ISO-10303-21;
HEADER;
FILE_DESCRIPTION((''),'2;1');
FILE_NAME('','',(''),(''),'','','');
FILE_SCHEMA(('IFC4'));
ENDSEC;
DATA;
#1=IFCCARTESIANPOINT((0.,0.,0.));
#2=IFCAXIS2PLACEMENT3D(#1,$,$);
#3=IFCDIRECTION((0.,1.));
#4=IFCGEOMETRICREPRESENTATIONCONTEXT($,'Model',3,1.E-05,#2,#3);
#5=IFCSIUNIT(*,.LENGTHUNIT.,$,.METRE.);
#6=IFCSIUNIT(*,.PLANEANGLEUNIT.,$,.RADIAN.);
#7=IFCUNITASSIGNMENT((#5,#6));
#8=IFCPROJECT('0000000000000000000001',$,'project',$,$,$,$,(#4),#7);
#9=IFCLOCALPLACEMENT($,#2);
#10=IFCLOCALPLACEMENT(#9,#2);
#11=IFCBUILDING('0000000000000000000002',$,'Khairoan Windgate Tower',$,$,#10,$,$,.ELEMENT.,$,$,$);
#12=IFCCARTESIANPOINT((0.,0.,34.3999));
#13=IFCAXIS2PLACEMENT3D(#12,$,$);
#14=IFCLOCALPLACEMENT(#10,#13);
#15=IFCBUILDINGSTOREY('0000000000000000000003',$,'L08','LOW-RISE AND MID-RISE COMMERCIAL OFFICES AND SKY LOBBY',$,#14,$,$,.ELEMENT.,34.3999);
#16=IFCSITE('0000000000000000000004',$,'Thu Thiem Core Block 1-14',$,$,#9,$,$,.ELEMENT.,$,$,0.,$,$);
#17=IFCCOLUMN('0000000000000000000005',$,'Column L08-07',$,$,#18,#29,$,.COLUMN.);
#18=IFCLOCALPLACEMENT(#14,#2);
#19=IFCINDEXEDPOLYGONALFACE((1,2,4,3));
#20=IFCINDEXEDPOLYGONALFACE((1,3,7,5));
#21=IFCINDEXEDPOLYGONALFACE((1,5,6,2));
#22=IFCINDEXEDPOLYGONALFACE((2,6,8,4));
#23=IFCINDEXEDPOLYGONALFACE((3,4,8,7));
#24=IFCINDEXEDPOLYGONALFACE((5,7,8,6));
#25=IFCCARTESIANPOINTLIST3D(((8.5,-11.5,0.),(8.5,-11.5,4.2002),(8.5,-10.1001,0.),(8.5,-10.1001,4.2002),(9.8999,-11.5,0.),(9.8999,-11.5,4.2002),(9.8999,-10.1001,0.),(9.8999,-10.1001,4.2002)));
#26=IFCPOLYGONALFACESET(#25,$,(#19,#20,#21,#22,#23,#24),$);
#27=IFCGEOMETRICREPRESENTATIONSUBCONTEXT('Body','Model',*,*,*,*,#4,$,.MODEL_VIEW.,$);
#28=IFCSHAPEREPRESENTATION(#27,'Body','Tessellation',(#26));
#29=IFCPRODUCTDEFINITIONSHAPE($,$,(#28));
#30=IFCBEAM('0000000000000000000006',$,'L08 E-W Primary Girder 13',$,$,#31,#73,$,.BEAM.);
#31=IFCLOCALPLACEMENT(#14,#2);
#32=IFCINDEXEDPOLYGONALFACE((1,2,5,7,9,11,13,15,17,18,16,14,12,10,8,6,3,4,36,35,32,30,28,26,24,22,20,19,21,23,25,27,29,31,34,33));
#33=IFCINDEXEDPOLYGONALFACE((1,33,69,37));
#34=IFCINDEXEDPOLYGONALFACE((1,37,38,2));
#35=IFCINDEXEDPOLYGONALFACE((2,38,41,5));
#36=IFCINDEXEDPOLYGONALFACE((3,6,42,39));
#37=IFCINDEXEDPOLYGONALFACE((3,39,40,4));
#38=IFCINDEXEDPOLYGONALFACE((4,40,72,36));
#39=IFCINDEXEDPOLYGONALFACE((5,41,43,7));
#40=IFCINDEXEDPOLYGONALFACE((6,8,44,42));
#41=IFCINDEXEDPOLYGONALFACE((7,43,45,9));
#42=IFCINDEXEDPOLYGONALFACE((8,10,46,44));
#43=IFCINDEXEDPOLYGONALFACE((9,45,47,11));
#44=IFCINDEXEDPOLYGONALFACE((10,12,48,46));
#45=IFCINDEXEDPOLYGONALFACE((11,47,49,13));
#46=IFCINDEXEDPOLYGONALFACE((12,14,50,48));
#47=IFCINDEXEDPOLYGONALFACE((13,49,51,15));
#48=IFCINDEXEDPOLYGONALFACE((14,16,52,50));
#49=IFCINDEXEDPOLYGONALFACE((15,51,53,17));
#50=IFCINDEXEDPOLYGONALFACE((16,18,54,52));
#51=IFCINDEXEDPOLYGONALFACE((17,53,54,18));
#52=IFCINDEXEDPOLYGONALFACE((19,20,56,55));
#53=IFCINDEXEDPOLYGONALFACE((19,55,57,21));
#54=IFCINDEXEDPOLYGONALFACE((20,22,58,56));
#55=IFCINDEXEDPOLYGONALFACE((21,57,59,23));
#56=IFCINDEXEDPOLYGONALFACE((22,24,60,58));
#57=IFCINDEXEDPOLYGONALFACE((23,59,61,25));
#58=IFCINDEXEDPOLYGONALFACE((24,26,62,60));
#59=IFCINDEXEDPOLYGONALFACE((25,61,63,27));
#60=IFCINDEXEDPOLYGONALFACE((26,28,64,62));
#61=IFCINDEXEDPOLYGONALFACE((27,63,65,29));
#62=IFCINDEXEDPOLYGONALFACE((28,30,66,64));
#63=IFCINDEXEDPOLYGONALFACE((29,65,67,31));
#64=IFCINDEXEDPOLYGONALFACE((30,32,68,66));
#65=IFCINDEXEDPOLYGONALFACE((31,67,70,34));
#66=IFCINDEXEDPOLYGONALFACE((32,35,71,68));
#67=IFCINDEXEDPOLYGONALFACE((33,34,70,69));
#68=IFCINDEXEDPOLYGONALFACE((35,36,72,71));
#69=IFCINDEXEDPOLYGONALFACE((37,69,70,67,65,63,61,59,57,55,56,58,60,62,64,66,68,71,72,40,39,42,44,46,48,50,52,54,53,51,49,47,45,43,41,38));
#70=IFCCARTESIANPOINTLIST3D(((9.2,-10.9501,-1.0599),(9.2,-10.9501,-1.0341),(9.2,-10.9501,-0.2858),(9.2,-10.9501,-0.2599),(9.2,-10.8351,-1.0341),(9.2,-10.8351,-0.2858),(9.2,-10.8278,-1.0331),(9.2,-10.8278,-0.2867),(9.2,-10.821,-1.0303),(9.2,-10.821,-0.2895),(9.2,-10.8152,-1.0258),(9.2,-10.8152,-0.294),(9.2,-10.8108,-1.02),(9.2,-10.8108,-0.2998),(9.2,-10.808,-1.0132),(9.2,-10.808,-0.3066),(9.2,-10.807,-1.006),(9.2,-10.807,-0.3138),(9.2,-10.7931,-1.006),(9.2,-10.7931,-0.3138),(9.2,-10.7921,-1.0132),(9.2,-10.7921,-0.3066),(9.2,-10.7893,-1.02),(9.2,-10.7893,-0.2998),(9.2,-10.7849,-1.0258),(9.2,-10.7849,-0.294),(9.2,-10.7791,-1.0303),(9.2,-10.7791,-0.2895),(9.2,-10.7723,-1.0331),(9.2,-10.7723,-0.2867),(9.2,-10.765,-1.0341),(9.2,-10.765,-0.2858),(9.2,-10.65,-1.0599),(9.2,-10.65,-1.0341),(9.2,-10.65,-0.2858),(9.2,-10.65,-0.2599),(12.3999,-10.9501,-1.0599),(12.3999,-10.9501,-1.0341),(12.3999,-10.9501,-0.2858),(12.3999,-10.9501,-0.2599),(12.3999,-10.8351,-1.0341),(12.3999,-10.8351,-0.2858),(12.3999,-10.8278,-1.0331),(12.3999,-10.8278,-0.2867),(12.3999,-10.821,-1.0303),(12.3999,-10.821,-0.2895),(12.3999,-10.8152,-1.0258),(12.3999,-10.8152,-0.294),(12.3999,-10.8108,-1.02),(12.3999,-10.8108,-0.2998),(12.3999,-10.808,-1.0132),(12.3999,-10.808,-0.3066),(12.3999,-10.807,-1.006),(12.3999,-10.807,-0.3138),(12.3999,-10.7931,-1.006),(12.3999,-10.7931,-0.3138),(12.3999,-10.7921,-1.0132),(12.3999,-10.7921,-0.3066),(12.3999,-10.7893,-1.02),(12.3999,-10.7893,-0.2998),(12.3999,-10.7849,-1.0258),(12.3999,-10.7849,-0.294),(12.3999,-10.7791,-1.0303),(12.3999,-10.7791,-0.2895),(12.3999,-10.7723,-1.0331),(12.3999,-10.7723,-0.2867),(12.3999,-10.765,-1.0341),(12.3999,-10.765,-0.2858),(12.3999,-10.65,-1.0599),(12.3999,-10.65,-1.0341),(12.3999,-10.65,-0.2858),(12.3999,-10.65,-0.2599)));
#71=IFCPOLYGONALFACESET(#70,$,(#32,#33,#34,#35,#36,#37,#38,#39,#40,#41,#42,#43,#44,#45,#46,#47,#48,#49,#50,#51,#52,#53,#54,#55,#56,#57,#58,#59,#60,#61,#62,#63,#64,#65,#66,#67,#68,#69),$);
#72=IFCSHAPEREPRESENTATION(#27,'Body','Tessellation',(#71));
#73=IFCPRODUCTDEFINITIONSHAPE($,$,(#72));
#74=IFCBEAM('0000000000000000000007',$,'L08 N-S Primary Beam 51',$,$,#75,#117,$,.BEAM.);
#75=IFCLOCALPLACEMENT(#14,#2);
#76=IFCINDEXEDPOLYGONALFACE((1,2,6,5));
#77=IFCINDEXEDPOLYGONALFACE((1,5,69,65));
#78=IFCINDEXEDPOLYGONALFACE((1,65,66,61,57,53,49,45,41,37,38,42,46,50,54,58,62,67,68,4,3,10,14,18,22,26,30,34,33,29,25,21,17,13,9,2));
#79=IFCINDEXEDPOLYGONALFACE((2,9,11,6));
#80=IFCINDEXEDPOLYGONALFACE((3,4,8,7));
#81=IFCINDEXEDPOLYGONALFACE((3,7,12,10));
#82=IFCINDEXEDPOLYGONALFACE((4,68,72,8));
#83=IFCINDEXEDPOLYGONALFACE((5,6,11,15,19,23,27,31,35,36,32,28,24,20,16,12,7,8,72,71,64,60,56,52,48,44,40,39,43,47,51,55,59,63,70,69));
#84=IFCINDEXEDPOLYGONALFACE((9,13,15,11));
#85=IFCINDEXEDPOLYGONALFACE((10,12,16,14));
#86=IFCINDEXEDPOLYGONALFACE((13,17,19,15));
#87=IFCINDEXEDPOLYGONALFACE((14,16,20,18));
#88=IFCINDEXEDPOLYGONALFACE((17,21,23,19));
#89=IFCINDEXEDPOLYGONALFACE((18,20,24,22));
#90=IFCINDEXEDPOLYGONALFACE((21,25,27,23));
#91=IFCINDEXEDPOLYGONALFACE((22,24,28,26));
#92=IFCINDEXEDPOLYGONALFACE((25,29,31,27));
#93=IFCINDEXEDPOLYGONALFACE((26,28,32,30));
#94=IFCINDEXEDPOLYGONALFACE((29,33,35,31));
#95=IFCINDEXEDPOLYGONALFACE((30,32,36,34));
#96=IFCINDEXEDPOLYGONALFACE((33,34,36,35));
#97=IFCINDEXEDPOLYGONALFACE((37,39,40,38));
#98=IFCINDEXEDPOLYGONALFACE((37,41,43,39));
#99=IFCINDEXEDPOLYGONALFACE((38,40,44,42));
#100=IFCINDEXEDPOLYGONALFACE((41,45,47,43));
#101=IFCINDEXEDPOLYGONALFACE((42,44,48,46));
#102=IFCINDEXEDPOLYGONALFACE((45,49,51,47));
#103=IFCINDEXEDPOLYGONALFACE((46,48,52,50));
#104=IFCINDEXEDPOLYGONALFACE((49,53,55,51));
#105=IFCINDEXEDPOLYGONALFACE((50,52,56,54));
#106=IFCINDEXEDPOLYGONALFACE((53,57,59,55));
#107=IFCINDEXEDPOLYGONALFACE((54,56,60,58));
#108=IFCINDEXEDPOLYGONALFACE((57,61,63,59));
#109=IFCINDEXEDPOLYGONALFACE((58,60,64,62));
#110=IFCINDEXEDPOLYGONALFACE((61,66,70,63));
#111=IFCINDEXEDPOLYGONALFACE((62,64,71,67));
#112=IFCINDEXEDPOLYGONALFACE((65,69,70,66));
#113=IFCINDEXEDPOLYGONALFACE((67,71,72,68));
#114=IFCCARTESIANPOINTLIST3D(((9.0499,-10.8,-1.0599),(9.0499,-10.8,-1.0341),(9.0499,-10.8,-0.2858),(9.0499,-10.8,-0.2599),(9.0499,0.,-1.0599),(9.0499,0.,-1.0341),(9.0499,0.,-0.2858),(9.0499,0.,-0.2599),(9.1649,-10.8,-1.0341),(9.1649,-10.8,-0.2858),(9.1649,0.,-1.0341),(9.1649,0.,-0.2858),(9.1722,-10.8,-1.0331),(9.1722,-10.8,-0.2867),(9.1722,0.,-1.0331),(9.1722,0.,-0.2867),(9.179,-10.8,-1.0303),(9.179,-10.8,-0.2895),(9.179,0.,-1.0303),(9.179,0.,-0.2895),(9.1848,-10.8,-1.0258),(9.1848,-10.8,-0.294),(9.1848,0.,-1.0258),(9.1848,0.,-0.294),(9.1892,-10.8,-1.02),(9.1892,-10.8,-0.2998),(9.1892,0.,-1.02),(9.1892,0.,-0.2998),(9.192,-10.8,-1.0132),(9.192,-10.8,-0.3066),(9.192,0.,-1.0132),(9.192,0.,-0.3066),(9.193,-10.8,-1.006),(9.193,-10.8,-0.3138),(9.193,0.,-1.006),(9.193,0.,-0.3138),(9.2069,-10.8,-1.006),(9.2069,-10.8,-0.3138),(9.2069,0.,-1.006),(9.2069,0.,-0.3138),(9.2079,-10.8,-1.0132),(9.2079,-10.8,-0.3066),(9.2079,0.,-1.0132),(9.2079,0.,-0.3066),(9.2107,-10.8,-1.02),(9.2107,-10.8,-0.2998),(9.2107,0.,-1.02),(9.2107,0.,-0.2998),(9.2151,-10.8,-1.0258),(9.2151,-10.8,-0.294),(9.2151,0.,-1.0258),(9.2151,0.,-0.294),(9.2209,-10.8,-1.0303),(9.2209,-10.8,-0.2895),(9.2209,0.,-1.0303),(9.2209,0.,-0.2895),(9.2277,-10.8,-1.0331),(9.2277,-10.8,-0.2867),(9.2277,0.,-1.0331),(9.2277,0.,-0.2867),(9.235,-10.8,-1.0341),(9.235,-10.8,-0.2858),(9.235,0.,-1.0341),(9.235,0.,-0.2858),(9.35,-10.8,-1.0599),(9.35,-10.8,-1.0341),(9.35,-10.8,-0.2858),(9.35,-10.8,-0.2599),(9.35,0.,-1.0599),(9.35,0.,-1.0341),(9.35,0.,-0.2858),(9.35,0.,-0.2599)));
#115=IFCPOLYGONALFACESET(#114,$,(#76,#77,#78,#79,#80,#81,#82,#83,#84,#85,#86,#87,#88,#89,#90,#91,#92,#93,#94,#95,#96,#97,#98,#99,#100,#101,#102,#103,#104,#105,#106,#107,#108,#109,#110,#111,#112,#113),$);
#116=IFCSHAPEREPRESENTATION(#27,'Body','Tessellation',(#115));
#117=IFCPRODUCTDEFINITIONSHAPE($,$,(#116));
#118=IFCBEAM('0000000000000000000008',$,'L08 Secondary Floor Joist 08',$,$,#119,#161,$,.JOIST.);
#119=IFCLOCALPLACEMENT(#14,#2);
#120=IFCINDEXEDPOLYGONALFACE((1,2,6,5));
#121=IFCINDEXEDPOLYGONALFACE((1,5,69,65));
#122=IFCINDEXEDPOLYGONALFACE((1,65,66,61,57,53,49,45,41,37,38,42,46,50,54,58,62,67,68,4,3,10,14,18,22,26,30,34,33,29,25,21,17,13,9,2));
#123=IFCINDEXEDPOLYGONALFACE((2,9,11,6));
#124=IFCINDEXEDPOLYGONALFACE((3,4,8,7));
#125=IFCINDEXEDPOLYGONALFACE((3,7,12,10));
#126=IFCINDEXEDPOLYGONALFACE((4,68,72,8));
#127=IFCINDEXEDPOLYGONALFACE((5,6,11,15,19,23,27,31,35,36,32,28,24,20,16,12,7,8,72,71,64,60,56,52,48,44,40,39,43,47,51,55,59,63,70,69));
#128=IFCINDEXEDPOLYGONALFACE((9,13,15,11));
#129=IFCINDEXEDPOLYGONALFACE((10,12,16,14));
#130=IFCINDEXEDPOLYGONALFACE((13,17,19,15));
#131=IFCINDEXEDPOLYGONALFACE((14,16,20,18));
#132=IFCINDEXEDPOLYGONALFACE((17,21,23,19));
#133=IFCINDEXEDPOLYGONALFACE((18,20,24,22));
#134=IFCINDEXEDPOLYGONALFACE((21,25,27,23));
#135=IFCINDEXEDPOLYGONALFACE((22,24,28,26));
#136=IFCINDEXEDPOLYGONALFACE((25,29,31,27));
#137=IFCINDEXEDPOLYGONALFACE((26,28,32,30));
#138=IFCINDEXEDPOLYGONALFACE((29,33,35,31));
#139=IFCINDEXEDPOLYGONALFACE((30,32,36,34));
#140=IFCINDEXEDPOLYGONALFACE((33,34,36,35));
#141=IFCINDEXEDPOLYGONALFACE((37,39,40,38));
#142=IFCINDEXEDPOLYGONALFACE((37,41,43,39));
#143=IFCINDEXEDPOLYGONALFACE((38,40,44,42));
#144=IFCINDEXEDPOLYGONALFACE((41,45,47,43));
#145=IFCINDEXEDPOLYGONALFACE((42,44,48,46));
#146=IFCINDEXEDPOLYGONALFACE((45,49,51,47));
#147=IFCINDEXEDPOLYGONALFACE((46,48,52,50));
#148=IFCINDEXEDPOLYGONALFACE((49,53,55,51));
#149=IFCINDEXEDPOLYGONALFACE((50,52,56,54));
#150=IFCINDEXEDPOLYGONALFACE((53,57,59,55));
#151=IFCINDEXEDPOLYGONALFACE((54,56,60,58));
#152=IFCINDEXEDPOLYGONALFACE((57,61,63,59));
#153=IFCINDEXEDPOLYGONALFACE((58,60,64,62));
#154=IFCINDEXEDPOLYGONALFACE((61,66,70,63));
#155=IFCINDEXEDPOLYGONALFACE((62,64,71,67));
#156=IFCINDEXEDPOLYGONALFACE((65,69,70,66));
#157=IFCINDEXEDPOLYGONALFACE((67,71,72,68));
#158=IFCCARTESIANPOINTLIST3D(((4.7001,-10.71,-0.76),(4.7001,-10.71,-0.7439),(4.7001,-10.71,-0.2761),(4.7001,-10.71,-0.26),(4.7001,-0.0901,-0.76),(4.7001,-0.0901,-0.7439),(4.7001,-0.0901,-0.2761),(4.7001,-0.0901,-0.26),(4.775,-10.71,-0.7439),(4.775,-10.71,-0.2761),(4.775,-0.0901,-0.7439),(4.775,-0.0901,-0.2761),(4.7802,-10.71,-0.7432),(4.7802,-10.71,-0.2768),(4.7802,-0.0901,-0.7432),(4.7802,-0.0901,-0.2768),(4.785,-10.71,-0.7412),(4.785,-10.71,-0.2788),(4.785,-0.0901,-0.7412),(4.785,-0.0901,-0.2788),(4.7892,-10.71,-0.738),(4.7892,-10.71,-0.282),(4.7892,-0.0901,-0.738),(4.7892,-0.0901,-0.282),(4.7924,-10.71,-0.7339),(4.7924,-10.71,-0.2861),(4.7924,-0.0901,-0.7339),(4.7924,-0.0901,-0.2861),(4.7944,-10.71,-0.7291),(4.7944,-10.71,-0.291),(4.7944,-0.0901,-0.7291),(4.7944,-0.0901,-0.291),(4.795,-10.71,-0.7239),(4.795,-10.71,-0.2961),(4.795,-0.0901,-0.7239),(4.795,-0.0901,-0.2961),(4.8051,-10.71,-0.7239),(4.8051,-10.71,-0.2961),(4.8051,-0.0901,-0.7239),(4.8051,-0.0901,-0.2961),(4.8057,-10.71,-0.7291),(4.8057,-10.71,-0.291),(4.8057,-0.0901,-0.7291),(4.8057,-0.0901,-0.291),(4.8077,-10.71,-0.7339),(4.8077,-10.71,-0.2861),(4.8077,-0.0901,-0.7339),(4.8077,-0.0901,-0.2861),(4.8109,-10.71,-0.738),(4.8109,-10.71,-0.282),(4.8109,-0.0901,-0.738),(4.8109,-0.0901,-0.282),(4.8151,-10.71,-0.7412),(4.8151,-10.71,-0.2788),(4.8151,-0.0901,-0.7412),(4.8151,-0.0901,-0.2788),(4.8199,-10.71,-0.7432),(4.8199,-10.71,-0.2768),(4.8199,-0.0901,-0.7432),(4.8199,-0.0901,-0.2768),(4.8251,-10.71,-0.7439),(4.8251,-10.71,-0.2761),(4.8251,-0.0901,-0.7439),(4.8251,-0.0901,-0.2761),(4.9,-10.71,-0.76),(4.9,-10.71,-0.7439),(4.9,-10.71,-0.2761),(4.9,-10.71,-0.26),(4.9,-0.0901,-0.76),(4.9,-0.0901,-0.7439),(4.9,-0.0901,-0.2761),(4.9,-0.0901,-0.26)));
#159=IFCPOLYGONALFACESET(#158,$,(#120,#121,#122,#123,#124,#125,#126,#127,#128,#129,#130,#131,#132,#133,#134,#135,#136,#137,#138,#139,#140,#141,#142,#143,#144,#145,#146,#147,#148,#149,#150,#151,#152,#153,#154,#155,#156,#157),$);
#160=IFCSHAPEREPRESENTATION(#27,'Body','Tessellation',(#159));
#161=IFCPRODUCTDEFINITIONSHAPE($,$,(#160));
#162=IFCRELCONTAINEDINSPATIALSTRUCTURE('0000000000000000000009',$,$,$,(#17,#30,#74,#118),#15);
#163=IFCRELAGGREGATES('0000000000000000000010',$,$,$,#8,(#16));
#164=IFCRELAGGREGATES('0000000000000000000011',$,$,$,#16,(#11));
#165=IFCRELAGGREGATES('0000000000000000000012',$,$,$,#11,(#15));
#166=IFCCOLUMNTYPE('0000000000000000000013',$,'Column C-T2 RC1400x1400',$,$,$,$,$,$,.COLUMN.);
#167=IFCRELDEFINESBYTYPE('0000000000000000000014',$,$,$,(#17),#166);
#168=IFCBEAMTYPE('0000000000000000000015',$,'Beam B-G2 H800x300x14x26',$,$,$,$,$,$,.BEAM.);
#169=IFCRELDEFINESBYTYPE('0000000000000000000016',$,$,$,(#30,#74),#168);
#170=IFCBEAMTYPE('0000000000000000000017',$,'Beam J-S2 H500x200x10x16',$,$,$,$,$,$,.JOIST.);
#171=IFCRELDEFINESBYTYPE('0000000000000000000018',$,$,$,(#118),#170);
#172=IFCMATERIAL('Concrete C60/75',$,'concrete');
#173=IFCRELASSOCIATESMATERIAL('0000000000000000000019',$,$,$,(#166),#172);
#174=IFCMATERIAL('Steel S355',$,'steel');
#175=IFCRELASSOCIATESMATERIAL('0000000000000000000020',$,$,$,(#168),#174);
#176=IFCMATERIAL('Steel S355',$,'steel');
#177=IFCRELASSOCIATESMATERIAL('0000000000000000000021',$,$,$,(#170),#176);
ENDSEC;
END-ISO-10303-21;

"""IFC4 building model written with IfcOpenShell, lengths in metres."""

from ifc_helpers import new_model, si_unit, direction, frame, origin, origin_2d, place, context, subcontext, project, spatial, rectangle, i_section, extrude, material, material_profile, profile_set, type_object, element, save


model = new_model("IFC4")

# Units and contexts
model_context = context("Model", 3, precision=1e-05, world=origin(), true_north=direction((0.0, 1.0)))
body_context = subcontext(model_context, "Body", "Model", "MODEL_VIEW")
ifc_project = project(units=[si_unit("LENGTHUNIT", "METRE"), si_unit("PLANEANGLEUNIT", "RADIAN")], contexts=[model_context])

# Site, building, storey
site_placement = place(None, origin())
site = spatial("IfcSite", under=ifc_project, at=site_placement, Name="Thu Thiem Core Block 1-14", CompositionType="ELEMENT", RefElevation=0.0)
building_placement = place(site_placement, origin())
building = spatial("IfcBuilding", under=site, at=building_placement, Name="Khairoan Windgate Tower", CompositionType="ELEMENT")
storey_placement = place(building_placement, frame((0.0, 0.0, 34.3999)))
storey = spatial("IfcBuildingStorey", under=building, at=storey_placement, Name="L08", Description="LOW-RISE AND MID-RISE COMMERCIAL OFFICES AND SKY LOBBY", CompositionType="ELEMENT", Elevation=34.3999)

# Column
ifc_material_1 = material(Name="Concrete C60/75", Category="concrete")
ifc_material_profile_1 = material_profile(ifc_material_1, rectangle(XDim=1.3999, YDim=1.3999, at=origin_2d()))
ifc_profile_set_1 = profile_set([ifc_material_profile_1], Name="Concrete C60/75")
column_type = type_object("IfcColumnType", Name="Column C-T2 RC1400x1400", PredefinedType="COLUMN", material=ifc_profile_set_1)
column_placement = place(storey_placement, frame((9.2, -10.8, 0.0), z_axis=(0.0, 0.0, 1.0), x_axis=(1.0, 0.0, 0.0)))
element("IfcColumn", 1, at=column_placement, inside=storey, type_object=column_type, Name="Column L08-07", PredefinedType="COLUMN", context=body_context, shape_type="SweptSolid", body=[
    extrude(rectangle(XDim=1.3999, YDim=1.3999, at=origin_2d()), origin(), (0.0, 0.0, 1.0), 4.2002),
])

# Beams
ifc_material_2 = material(Name="Steel S355", Category="steel")
ifc_material_profile_2 = material_profile(ifc_material_2, i_section(OverallWidth=0.3, OverallDepth=0.8, WebThickness=0.0139, FlangeThickness=0.0259, FilletRadius=0.0281, at=origin_2d()))
ifc_profile_set_2 = profile_set([ifc_material_profile_2], Name="Steel S355")
beam_type_1 = type_object("IfcBeamType", Name="Beam B-G2 H800x300x14x26", PredefinedType="BEAM", material=ifc_profile_set_2)
beam_1_placement = place(storey_placement, frame((9.2, -10.8, -0.6599), z_axis=(1.0, 0.0, 0.0), x_axis=(0.0, 1.0, 0.0)))
element("IfcBeam", 2, at=beam_1_placement, inside=storey, type_object=beam_type_1, Name="L08 E-W Primary Girder 13", PredefinedType="BEAM", context=body_context, shape_type="SweptSolid", body=[
    extrude(i_section(OverallWidth=0.3, OverallDepth=0.8, WebThickness=0.0139, FlangeThickness=0.0259, FilletRadius=0.0281, at=origin_2d()), origin(), (0.0, 0.0, 1.0), 3.2),
])
beam_2_placement = place(storey_placement, frame((9.2, -10.8, -0.6599), z_axis=(0.0, 1.0, 0.0), x_axis=(-1.0, 0.0, 0.0)))
element("IfcBeam", 3, at=beam_2_placement, inside=storey, type_object=beam_type_1, Name="L08 N-S Primary Beam 51", PredefinedType="BEAM", context=body_context, shape_type="SweptSolid", body=[
    extrude(i_section(OverallWidth=0.3, OverallDepth=0.8, WebThickness=0.0139, FlangeThickness=0.0259, FilletRadius=0.0281, at=origin_2d()), origin(), (0.0, 0.0, 1.0), 10.8),
])
ifc_material_3 = material(Name="Steel S355", Category="steel")
ifc_material_profile_3 = material_profile(ifc_material_3, i_section(OverallWidth=0.2, OverallDepth=0.5, WebThickness=0.01, FlangeThickness=0.0161, FilletRadius=0.02, at=origin_2d()))
ifc_profile_set_3 = profile_set([ifc_material_profile_3], Name="Steel S355")
beam_type_2 = type_object("IfcBeamType", Name="Beam J-S2 H500x200x10x16", PredefinedType="JOIST", material=ifc_profile_set_3)
beam_3_placement = place(storey_placement, frame((4.8, -10.71, -0.51), z_axis=(0.0, 1.0, 0.0), x_axis=(-1.0, 0.0, 0.0)))
element("IfcBeam", 4, at=beam_3_placement, inside=storey, type_object=beam_type_2, Name="L08 Secondary Floor Joist 08", PredefinedType="JOIST", context=body_context, shape_type="SweptSolid", body=[
    extrude(i_section(OverallWidth=0.2, OverallDepth=0.5, WebThickness=0.01, FlangeThickness=0.0161, FilletRadius=0.02, at=origin_2d()), origin(), (0.0, 0.0, 1.0), 10.6199),
])

save(model, "model.ifc")
